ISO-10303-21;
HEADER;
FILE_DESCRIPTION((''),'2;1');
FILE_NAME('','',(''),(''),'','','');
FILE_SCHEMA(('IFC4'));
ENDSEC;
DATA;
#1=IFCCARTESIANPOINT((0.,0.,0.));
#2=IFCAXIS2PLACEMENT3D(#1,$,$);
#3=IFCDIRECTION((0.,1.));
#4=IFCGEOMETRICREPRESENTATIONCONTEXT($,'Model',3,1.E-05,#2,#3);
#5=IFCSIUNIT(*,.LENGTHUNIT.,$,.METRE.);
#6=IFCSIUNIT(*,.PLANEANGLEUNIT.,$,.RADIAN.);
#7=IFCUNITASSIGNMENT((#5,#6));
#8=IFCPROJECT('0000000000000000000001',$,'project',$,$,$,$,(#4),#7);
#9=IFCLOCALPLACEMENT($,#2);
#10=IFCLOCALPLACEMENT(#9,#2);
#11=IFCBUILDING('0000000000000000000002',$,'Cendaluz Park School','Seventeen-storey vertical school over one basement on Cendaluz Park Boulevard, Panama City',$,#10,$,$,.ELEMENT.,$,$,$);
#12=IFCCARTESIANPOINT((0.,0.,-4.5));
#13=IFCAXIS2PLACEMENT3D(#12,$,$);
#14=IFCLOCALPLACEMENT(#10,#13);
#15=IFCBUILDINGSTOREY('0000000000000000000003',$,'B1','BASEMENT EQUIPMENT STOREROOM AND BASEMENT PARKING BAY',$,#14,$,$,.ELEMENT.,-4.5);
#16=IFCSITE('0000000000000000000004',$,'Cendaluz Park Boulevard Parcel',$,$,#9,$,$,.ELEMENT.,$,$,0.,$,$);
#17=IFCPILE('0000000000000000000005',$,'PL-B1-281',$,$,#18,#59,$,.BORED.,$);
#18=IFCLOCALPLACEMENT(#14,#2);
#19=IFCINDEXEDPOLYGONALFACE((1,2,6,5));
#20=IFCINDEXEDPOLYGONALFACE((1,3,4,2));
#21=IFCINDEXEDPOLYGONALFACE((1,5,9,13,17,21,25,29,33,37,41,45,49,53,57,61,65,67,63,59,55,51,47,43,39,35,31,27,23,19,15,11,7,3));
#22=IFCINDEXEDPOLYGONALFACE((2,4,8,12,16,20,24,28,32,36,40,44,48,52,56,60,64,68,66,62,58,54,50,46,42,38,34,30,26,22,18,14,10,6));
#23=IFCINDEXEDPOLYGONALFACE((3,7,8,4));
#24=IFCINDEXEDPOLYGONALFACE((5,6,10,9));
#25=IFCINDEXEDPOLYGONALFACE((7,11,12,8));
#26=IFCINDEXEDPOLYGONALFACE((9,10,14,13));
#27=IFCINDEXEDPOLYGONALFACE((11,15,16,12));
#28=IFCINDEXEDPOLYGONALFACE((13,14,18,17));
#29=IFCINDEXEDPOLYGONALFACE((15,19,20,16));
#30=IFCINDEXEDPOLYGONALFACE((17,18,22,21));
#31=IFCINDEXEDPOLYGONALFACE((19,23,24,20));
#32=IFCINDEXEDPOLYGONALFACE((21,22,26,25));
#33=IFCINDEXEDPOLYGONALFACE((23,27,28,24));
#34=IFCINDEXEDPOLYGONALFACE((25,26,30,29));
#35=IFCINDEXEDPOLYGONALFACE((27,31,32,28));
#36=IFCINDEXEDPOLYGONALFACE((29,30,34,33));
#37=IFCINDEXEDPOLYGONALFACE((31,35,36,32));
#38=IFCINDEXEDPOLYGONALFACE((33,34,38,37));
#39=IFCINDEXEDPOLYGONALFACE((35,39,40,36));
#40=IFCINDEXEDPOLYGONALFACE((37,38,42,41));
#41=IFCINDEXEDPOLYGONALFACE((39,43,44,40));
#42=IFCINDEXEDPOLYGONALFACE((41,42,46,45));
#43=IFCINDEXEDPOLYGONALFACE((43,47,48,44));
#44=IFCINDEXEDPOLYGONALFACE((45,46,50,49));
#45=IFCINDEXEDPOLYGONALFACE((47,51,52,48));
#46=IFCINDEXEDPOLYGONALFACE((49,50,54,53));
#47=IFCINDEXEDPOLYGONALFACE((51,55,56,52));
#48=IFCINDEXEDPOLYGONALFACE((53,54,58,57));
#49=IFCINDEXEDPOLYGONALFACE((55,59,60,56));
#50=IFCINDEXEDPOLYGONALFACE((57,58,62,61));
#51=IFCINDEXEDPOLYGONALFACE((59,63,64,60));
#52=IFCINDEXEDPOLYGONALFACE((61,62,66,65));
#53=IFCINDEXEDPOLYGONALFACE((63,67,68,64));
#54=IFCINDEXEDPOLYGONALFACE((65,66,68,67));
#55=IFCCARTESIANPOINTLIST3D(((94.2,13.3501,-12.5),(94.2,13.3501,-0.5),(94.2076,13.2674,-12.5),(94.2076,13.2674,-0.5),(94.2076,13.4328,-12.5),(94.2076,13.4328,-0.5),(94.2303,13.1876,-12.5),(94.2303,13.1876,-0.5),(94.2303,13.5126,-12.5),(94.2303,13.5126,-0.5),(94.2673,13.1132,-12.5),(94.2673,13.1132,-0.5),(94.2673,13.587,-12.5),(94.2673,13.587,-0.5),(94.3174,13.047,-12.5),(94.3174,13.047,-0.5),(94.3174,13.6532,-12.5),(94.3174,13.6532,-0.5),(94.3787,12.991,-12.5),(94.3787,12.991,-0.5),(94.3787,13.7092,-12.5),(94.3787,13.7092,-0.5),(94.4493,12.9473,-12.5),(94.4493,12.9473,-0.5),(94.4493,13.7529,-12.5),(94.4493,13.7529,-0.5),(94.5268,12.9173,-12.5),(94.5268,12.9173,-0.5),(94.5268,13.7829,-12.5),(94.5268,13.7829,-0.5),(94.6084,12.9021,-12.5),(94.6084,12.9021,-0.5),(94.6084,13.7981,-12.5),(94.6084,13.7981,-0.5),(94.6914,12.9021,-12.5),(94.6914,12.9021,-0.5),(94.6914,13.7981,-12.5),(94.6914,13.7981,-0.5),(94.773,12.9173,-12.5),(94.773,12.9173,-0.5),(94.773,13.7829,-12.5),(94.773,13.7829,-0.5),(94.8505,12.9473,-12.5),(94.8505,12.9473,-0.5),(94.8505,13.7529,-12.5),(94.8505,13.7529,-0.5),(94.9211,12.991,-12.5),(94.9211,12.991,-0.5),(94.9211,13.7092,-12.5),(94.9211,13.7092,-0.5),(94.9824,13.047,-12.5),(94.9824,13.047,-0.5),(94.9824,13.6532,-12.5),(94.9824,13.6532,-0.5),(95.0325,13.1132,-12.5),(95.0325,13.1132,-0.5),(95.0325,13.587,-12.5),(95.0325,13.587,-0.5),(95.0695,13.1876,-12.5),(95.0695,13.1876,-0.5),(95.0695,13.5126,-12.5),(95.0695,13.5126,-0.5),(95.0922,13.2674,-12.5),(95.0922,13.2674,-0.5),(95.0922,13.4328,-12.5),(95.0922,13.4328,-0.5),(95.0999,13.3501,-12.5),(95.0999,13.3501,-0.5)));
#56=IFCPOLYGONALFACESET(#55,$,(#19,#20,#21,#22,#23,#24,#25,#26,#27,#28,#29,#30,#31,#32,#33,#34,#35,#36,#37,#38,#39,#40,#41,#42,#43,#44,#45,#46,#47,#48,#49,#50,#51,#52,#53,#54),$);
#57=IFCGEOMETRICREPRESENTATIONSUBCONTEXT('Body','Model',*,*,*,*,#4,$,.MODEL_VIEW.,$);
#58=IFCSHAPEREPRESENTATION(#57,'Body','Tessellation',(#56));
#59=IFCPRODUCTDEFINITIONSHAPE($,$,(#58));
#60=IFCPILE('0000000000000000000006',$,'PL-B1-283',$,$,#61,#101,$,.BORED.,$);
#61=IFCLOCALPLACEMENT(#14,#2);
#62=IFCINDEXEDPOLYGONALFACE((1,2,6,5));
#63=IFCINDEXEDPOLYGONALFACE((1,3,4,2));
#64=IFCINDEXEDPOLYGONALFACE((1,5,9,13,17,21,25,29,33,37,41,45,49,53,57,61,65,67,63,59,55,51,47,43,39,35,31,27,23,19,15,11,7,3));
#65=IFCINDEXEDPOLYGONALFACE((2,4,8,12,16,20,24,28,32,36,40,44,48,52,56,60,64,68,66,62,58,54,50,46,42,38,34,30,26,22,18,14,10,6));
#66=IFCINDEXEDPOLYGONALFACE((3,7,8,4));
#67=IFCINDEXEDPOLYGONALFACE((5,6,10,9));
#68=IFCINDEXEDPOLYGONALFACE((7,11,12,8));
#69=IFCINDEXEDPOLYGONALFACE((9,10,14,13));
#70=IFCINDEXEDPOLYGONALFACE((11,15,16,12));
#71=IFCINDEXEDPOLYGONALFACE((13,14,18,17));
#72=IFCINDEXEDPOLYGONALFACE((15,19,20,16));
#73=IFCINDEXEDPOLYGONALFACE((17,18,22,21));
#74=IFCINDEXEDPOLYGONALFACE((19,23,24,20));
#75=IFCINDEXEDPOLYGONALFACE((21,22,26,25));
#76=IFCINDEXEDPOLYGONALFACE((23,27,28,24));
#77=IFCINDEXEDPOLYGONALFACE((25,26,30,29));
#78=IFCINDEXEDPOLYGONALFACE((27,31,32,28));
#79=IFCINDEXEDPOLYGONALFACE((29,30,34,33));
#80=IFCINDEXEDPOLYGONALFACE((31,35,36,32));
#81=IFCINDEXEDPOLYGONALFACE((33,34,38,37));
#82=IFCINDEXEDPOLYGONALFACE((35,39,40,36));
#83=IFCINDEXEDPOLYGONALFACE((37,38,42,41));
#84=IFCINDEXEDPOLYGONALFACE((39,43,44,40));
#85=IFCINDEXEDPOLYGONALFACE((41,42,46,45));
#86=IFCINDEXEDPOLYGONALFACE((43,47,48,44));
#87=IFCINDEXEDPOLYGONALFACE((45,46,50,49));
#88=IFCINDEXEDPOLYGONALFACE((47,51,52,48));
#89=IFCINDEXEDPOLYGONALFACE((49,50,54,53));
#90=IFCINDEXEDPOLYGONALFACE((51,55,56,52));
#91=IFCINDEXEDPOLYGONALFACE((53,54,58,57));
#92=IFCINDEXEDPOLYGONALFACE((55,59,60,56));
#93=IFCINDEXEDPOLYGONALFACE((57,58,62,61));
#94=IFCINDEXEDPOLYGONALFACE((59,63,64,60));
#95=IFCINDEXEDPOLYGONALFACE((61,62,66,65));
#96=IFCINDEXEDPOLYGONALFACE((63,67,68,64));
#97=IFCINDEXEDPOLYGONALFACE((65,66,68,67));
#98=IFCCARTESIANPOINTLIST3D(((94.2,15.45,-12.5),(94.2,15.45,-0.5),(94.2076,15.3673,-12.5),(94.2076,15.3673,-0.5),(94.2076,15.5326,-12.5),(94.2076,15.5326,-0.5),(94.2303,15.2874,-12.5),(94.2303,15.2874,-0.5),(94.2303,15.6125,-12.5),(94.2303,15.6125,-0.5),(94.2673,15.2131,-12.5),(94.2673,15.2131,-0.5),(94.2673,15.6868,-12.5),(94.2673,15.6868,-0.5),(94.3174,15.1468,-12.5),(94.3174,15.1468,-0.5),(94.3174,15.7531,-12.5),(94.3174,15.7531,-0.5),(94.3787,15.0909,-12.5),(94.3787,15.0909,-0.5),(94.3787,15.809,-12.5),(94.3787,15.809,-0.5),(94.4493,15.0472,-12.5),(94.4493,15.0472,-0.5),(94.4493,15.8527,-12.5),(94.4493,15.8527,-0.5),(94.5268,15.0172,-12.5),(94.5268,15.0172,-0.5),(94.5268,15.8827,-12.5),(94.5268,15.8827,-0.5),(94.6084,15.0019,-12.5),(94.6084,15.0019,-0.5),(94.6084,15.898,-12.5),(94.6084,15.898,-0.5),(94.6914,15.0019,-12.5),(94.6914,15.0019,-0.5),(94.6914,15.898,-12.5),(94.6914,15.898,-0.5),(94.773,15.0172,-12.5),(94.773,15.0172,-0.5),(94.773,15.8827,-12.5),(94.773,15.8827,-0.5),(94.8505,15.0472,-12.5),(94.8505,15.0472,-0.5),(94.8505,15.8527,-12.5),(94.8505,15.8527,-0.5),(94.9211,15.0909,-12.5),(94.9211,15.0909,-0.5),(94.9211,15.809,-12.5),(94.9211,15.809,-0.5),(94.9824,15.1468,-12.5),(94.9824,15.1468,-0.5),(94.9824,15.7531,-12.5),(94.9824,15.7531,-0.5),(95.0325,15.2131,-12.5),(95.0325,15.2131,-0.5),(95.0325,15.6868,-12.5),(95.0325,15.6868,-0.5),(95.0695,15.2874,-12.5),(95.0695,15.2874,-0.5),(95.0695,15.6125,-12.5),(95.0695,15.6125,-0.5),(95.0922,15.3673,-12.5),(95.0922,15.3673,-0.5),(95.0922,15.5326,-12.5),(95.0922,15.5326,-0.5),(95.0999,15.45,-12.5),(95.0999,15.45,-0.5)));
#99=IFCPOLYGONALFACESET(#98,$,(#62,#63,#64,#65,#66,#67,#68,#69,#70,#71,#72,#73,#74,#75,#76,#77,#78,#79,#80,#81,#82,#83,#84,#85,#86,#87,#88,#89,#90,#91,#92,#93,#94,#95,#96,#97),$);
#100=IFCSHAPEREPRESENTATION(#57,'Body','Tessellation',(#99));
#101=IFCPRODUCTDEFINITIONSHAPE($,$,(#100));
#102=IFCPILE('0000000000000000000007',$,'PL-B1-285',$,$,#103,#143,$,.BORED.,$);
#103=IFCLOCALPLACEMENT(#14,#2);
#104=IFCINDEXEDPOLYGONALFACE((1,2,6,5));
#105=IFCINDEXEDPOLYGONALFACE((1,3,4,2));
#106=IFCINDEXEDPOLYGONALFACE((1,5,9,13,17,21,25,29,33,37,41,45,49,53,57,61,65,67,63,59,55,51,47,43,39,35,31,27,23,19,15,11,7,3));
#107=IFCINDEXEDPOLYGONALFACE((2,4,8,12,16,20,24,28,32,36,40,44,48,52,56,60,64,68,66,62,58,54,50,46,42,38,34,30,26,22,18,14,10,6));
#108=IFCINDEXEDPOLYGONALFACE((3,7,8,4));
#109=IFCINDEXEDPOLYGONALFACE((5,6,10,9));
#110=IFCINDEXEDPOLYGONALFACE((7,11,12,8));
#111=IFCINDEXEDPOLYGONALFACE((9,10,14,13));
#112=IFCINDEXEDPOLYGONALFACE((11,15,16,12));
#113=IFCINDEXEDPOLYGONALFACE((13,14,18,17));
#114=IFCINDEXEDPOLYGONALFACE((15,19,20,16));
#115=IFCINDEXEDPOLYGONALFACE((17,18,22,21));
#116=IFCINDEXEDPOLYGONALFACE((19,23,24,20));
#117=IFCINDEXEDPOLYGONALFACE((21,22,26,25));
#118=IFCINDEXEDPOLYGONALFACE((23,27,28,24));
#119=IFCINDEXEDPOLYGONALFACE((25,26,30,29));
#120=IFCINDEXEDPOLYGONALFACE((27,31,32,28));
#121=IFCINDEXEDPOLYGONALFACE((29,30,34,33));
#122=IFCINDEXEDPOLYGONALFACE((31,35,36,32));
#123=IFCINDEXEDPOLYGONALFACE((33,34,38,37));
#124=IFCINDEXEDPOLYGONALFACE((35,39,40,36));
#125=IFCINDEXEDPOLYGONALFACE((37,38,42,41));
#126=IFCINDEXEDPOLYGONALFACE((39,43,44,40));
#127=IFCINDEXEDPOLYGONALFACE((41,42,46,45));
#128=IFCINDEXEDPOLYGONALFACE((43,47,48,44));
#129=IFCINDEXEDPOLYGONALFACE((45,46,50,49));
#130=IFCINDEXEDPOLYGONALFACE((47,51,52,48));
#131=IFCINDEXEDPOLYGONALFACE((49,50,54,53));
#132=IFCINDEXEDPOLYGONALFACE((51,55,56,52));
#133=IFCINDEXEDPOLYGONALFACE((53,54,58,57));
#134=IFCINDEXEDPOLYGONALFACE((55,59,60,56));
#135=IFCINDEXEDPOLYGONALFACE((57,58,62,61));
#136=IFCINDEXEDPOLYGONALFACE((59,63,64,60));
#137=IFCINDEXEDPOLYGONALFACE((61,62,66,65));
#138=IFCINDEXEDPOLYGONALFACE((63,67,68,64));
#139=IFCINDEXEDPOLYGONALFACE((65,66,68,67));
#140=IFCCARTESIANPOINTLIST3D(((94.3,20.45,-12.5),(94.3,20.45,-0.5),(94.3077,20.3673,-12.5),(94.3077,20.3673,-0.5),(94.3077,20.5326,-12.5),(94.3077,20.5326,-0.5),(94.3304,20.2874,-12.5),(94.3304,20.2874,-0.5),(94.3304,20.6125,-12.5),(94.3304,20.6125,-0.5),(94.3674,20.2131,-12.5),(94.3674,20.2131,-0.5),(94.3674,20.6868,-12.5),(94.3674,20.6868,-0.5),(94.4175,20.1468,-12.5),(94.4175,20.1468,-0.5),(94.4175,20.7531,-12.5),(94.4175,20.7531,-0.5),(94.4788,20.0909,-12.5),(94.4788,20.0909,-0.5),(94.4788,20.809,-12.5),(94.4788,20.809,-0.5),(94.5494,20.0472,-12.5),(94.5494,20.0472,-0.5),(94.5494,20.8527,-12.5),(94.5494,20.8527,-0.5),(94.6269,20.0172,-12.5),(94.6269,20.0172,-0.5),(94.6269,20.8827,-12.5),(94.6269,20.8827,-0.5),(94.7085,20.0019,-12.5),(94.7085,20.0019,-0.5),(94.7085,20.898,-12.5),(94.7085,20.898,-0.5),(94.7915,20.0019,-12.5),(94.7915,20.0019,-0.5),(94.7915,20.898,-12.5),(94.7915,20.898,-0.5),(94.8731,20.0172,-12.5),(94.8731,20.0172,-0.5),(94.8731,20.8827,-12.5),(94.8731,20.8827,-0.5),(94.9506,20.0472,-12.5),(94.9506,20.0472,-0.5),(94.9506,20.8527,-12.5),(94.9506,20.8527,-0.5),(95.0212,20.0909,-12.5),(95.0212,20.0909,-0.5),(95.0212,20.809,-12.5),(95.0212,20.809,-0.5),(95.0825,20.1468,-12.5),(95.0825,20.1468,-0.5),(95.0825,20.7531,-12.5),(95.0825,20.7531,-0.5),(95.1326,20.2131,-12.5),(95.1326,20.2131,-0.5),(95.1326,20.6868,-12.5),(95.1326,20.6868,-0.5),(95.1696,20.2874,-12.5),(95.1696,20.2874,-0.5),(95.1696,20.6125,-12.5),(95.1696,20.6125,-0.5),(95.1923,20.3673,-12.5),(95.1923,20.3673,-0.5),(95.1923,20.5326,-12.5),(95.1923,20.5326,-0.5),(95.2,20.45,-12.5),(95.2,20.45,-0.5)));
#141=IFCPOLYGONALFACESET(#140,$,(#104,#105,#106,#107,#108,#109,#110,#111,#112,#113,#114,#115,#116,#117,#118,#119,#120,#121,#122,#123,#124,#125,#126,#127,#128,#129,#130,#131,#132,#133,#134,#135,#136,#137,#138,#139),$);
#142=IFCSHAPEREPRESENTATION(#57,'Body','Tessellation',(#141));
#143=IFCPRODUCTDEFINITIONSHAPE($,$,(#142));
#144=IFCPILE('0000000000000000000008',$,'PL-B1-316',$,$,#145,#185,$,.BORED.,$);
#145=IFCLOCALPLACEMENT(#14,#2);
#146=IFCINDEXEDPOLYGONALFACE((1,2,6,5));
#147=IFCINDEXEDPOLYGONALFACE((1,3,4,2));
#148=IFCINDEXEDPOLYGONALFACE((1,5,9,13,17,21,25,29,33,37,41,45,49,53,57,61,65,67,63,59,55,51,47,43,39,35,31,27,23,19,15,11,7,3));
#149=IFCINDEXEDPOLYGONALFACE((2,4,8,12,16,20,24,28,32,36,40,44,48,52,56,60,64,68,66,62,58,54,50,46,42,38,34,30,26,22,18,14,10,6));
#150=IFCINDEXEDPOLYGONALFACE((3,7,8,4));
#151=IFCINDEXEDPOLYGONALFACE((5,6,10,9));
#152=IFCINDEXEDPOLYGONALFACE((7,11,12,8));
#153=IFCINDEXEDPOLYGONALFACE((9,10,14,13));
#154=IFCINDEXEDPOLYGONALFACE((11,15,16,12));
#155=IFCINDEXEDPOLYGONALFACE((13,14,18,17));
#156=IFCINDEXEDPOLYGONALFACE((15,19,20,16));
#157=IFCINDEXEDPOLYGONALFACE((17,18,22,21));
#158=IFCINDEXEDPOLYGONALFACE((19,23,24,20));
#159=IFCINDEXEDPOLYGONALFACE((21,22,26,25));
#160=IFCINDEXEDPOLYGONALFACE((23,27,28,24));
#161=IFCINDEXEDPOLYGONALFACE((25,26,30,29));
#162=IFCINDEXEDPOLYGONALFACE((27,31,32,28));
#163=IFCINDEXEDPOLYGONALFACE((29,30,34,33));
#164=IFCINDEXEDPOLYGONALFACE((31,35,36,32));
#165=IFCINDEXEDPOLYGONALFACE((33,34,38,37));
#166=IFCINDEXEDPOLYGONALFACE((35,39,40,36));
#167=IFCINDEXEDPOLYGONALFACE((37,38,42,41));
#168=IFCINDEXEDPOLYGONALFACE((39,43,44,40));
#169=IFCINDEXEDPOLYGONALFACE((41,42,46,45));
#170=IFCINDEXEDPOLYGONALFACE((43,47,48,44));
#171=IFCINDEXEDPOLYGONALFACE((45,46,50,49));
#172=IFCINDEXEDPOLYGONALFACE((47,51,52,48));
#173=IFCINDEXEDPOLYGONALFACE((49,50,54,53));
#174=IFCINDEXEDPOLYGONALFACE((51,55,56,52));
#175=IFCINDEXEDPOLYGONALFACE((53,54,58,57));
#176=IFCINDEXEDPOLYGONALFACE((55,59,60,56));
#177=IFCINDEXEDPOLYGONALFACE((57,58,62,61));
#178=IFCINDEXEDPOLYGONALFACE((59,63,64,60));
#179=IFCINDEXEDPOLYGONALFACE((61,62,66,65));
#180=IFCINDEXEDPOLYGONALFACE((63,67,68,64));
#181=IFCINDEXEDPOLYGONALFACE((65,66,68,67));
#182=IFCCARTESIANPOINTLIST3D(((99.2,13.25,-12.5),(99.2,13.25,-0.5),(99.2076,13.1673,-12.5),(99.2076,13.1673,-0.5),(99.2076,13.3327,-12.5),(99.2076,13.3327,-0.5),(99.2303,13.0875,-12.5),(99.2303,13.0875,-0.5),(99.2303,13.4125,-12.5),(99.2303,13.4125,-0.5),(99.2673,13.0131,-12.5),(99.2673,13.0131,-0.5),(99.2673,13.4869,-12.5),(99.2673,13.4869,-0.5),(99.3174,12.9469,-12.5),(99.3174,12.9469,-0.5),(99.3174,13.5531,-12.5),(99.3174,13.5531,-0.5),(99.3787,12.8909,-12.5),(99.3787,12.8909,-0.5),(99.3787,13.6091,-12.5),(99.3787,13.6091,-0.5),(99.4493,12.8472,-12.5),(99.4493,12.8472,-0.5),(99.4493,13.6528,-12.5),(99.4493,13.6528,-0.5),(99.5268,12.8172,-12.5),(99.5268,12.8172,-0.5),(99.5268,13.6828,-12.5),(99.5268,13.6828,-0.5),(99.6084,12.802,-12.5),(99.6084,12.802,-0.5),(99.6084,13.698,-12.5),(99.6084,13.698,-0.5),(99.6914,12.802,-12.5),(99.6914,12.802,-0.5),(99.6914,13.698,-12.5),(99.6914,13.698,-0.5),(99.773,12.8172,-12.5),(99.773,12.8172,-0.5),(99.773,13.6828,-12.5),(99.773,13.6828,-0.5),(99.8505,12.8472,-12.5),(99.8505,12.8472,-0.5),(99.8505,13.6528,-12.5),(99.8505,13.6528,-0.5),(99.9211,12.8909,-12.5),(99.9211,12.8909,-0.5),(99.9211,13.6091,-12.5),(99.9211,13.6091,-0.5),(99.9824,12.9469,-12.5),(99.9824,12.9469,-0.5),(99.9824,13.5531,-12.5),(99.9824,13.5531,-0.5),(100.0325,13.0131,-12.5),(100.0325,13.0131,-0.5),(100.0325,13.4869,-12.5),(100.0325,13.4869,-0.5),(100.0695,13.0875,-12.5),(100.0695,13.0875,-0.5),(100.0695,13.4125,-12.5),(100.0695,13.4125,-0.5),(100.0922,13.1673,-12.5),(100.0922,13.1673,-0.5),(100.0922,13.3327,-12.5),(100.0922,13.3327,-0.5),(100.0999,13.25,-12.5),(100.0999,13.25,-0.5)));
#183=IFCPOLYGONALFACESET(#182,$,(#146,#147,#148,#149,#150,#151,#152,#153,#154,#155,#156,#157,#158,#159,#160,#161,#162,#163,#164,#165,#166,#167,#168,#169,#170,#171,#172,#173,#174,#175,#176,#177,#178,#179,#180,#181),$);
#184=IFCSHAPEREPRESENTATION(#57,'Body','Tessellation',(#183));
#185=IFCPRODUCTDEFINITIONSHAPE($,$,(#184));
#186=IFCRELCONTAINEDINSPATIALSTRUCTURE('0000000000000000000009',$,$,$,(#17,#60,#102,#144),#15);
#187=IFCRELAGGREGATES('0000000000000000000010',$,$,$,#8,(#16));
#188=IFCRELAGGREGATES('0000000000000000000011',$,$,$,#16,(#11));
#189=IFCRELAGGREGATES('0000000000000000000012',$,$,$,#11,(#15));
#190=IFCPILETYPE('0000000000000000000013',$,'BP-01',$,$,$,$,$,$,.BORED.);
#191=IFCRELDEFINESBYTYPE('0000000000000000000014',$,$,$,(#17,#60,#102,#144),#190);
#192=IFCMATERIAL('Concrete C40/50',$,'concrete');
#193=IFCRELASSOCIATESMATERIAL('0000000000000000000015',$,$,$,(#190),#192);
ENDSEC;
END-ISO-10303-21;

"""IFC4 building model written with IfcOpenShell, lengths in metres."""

from ifc_helpers import new_model, si_unit, direction, frame, origin, origin_2d, place, context, subcontext, project, spatial, circle, extrude, material, material_profile, profile_set, type_object, element, save


model = new_model("IFC4")

# Units and contexts
model_context = context("Model", 3, precision=1e-05, world=origin(), true_north=direction((0.0, 1.0)))
body_context = subcontext(model_context, "Body", "Model", "MODEL_VIEW")
ifc_project = project(units=[si_unit("LENGTHUNIT", "METRE"), si_unit("PLANEANGLEUNIT", "RADIAN")], contexts=[model_context])

# Site, building, storey
site_placement = place(None, origin())
site = spatial("IfcSite", under=ifc_project, at=site_placement, Name="Cendaluz Park Boulevard Parcel", CompositionType="ELEMENT", RefElevation=0.0)
building_placement = place(site_placement, origin())
building = spatial("IfcBuilding", under=site, at=building_placement, Name="Cendaluz Park School", Description="Seventeen-storey vertical school over one basement on Cendaluz Park Boulevard, Panama City", CompositionType="ELEMENT")
storey_placement = place(building_placement, frame((0.0, 0.0, -4.5)))
storey = spatial("IfcBuildingStorey", under=building, at=storey_placement, Name="B1", Description="BASEMENT EQUIPMENT STOREROOM AND BASEMENT PARKING BAY", CompositionType="ELEMENT", Elevation=-4.5)

# Piles
ifc_material_1 = material(Name="Concrete C40/50", Category="concrete")
ifc_material_profile_1 = material_profile(ifc_material_1, circle(Radius=0.45, at=origin_2d()), Name="BP D900", Category="concrete")
ifc_profile_set_1 = profile_set([ifc_material_profile_1], Name="Concrete C40/50")
pile_type = type_object("IfcPileType", Name="BP-01", PredefinedType="BORED", material=ifc_profile_set_1)
for number, where, z_axis, x_axis, name in (
    (1, (94.6499, 13.3501, -0.5), (0.0, 0.0, -1.0), (1.0, 0.0, 0.0), "PL-B1-281"),
    (2, (94.6499, 15.45, -0.5), (0.0, 0.0, -1.0), (1.0, 0.0, 0.0), "PL-B1-283"),
    (3, (94.75, 20.45, -0.5), (0.0, 0.0, -1.0), (1.0, 0.0, 0.0), "PL-B1-285"),
    (4, (99.6499, 13.25, -0.5), (0.0, 0.0, -1.0), (1.0, 0.0, 0.0), "PL-B1-316"),
):
    element("IfcPile", number, at=place(storey_placement, frame(where, z_axis=z_axis, x_axis=x_axis)), inside=storey, type_object=pile_type, Name=name, PredefinedType="BORED", context=body_context, shape_type="SweptSolid", body=[
        extrude(circle(Radius=0.45, at=origin_2d()), origin(), (0.0, 0.0, 1.0), 12.0),
    ])

save(model, "model.ifc")
